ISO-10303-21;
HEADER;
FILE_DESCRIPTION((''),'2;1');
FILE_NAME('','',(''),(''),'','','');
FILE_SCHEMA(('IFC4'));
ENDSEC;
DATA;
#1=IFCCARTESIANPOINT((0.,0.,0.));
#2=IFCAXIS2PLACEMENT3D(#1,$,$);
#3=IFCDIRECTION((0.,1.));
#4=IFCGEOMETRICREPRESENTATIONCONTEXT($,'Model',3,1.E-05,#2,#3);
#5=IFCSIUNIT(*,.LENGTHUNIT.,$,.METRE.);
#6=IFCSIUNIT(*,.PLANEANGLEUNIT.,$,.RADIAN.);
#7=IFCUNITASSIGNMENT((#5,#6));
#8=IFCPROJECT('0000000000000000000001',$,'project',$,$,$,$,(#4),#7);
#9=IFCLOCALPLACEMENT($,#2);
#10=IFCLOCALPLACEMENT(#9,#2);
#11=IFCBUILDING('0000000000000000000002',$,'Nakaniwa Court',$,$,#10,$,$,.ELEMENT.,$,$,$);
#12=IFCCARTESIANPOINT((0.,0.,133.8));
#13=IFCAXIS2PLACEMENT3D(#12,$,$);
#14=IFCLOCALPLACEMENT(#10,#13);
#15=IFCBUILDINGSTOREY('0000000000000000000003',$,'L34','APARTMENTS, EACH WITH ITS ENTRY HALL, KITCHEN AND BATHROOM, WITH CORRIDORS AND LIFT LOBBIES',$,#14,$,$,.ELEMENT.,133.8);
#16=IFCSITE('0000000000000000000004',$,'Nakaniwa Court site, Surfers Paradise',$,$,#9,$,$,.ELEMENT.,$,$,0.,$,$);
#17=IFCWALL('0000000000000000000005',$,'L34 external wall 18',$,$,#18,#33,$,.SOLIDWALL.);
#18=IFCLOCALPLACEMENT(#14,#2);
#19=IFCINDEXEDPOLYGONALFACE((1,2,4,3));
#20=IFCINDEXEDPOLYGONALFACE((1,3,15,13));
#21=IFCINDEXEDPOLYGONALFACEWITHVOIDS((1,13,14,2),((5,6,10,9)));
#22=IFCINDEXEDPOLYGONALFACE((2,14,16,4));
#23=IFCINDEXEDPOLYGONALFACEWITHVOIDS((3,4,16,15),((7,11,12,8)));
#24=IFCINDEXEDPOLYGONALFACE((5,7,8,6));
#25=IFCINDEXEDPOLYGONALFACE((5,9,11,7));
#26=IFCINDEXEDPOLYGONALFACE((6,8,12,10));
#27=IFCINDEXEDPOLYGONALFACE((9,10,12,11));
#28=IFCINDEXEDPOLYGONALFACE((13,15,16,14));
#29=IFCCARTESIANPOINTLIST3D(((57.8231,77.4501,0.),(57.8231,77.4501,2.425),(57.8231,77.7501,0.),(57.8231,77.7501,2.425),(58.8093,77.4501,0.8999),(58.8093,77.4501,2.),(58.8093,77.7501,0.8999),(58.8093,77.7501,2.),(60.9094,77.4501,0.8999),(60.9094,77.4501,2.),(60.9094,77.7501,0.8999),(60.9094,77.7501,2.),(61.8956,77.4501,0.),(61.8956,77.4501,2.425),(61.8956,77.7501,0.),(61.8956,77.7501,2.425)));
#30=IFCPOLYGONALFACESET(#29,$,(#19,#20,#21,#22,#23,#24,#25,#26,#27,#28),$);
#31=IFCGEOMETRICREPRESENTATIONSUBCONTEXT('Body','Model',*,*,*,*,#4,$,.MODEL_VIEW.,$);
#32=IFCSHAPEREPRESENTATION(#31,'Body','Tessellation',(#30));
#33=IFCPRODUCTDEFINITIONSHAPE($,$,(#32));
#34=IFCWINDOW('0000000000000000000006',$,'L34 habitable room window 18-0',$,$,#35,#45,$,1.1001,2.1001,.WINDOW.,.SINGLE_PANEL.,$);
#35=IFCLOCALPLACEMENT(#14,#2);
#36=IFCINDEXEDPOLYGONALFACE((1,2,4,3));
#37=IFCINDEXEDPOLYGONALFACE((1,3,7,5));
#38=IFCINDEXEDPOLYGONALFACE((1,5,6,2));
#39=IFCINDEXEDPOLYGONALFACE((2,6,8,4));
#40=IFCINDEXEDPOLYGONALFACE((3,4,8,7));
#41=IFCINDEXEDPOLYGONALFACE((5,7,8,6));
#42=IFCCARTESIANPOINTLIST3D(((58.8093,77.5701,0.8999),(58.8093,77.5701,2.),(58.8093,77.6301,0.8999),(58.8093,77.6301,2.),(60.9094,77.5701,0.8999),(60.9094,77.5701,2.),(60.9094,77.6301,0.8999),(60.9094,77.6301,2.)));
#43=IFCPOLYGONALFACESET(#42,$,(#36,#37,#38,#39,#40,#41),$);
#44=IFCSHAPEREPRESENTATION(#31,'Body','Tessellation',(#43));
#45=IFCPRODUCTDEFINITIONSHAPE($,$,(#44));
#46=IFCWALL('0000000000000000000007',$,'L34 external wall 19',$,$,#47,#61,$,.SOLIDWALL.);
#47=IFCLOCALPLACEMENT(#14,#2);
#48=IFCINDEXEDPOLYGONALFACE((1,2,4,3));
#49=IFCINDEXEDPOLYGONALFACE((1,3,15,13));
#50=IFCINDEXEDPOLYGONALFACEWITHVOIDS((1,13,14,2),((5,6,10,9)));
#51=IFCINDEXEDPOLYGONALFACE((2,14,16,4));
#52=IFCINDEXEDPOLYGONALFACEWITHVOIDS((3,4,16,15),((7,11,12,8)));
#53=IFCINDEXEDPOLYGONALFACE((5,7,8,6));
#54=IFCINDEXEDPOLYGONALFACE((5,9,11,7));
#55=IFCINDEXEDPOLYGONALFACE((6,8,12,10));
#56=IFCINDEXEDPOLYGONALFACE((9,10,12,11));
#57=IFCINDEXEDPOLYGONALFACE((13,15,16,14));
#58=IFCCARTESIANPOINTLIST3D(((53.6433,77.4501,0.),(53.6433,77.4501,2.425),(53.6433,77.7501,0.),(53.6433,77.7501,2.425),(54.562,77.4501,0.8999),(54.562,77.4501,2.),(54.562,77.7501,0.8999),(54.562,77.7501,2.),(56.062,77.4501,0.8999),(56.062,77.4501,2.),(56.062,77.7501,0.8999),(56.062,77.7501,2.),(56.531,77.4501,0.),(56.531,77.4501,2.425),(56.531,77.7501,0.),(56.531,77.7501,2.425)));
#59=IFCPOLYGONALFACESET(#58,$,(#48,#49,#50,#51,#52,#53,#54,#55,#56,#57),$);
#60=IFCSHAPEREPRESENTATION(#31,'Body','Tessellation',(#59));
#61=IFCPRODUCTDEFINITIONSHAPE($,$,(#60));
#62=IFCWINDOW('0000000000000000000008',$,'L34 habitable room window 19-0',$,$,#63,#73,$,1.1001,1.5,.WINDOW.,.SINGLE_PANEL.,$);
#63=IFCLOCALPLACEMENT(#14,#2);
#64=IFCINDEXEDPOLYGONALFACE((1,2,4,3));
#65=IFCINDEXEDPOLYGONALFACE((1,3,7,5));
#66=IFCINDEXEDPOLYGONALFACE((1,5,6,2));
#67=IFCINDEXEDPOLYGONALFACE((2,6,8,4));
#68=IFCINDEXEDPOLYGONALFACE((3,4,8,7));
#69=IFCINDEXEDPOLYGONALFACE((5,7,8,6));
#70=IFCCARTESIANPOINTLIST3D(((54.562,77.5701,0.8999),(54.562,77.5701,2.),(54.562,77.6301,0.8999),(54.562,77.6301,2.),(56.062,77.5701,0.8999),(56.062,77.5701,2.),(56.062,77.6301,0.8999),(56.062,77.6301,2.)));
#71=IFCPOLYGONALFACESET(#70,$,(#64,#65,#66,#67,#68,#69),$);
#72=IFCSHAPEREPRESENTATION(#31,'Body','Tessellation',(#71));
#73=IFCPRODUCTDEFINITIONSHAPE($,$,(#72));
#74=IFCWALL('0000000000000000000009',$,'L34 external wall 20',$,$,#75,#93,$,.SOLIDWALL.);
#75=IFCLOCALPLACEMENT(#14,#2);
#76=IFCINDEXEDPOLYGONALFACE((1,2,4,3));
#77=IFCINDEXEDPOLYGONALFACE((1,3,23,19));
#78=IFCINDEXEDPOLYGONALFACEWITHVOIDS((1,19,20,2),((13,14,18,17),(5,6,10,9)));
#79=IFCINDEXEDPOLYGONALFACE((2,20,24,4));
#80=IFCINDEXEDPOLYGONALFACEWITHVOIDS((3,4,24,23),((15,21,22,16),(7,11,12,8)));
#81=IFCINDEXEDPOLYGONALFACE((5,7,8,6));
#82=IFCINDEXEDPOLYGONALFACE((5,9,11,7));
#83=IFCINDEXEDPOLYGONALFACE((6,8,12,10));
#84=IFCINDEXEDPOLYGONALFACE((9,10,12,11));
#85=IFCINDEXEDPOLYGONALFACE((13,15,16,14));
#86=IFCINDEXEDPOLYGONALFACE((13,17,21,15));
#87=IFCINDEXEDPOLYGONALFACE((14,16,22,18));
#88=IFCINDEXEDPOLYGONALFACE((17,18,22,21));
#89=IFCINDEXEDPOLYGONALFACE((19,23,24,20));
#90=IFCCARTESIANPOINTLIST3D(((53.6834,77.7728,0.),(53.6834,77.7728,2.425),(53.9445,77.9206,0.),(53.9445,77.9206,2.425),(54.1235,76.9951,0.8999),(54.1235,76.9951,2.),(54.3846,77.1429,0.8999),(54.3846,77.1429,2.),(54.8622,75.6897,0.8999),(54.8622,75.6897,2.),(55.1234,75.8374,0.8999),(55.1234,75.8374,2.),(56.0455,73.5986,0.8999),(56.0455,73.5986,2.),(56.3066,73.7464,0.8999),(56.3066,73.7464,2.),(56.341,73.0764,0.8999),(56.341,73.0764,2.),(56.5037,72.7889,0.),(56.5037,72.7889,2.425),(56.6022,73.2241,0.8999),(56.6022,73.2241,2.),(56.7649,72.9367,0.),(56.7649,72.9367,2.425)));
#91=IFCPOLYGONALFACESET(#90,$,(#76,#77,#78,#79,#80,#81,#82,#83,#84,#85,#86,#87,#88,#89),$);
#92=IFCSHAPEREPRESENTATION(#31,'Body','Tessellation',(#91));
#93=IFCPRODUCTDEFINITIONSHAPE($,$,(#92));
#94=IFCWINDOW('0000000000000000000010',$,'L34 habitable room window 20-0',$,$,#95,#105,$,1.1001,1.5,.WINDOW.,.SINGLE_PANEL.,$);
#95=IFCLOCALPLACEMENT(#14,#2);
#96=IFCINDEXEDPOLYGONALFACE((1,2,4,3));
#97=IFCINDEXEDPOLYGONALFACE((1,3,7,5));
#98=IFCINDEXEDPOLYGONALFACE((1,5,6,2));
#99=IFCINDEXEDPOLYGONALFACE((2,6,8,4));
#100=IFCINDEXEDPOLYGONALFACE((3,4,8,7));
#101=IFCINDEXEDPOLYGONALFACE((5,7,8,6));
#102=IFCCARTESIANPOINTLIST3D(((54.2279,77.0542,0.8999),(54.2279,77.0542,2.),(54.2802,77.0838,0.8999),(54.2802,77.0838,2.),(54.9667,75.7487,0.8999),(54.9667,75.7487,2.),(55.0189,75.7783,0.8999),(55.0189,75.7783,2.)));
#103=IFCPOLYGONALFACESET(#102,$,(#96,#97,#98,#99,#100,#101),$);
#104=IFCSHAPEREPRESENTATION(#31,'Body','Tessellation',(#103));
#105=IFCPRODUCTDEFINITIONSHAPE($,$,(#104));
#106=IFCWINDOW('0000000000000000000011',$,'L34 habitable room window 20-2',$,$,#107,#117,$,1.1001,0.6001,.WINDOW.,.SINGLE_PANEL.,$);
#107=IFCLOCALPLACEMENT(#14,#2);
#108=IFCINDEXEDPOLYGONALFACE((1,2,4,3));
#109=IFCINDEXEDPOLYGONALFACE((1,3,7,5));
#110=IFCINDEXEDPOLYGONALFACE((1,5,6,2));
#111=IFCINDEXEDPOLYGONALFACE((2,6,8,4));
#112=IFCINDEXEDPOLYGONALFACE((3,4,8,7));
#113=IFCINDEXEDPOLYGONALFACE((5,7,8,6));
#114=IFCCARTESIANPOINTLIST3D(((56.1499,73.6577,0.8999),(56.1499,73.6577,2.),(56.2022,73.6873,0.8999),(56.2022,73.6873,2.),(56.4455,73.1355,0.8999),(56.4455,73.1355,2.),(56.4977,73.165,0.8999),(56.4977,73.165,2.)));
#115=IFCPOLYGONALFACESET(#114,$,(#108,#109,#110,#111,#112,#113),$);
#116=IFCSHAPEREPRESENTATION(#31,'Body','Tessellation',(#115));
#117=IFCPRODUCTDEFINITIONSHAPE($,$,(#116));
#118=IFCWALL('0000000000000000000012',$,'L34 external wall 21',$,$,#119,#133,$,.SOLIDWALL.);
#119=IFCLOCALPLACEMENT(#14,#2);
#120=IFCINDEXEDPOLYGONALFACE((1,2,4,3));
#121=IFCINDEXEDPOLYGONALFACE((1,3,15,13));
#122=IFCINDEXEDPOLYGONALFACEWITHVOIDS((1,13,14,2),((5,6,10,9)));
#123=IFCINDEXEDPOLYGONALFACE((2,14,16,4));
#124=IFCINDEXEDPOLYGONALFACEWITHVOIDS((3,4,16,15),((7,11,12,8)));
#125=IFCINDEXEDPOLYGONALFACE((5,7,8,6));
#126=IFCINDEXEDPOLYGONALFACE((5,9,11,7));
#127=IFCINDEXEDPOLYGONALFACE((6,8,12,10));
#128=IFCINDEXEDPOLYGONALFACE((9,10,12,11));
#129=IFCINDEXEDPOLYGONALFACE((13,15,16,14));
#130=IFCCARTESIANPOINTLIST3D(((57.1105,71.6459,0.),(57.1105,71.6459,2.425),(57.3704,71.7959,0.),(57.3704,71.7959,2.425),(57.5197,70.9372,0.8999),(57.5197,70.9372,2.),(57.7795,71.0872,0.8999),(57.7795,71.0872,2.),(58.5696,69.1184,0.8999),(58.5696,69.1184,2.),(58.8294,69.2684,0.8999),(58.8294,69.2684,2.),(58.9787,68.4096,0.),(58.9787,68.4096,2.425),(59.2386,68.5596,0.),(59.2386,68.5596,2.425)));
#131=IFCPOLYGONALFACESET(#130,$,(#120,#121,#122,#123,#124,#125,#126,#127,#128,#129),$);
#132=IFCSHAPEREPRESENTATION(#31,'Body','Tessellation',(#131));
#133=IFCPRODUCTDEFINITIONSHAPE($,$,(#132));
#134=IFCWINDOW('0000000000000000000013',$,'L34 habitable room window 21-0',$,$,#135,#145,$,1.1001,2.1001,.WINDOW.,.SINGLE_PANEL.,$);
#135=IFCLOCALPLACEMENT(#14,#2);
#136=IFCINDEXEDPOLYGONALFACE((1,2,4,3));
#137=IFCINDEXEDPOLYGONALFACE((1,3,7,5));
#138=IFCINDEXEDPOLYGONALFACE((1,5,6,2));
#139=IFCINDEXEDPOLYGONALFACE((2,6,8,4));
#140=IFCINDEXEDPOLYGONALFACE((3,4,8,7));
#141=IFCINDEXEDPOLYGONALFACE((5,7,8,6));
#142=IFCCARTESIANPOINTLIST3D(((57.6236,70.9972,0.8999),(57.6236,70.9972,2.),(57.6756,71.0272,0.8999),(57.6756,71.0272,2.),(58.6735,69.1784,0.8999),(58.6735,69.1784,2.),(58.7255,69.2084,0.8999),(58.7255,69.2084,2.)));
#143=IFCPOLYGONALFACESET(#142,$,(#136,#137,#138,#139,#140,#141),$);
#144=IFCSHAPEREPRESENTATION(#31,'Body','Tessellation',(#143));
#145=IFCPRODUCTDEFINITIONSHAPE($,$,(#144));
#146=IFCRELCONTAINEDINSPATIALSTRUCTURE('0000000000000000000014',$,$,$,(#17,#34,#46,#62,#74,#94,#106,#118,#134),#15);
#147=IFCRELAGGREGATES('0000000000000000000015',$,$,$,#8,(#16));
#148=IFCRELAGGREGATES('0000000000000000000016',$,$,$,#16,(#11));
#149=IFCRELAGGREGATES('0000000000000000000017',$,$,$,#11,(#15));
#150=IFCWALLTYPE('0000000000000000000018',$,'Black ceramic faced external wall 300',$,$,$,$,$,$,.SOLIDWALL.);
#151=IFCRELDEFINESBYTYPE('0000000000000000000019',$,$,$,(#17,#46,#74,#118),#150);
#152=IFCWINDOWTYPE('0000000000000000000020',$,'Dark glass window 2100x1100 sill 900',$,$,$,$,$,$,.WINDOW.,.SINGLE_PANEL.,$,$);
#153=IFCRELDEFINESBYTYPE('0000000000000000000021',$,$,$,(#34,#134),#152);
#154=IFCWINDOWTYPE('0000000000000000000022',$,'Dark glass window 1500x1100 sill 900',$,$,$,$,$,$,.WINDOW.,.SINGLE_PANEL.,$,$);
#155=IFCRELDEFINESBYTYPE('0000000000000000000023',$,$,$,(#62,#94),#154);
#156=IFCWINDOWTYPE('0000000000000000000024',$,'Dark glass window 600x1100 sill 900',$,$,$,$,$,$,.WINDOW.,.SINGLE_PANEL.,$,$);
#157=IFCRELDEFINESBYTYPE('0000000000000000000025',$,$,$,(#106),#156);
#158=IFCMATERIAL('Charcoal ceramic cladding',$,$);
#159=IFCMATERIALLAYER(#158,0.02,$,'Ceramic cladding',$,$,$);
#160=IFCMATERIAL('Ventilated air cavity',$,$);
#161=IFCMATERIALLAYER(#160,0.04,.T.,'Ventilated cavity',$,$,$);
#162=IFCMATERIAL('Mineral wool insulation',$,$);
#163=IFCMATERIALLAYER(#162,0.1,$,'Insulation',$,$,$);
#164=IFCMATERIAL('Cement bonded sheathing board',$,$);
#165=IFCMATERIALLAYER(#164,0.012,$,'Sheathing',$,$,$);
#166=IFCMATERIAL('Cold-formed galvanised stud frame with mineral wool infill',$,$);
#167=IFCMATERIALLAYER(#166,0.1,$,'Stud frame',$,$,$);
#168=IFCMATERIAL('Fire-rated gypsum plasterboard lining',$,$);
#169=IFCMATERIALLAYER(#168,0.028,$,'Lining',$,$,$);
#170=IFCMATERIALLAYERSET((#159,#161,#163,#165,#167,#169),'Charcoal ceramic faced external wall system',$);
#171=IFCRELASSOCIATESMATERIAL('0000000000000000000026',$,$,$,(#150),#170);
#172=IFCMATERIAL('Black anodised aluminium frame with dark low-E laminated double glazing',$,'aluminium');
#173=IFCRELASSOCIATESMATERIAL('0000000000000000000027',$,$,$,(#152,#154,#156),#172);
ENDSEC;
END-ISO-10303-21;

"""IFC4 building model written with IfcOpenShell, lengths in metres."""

from ifc_helpers import new_model, si_unit, direction, frame, frame_2d, origin, place, context, subcontext, project, spatial, rectangle, extrude, material, layer, layer_set, type_object, element, fill, save


model = new_model("IFC4")

# Units and contexts
model_context = context("Model", 3, precision=1e-05, world=origin(), true_north=direction((0.0, 1.0)))
body_context = subcontext(model_context, "Body", "Model", "MODEL_VIEW")
ifc_project = project(units=[si_unit("LENGTHUNIT", "METRE"), si_unit("PLANEANGLEUNIT", "RADIAN")], contexts=[model_context])

# Site, building, storey
site_placement = place(None, origin())
site = spatial("IfcSite", under=ifc_project, at=site_placement, Name="Nakaniwa Court site, Surfers Paradise", CompositionType="ELEMENT", RefElevation=0.0)
building_placement = place(site_placement, origin())
building = spatial("IfcBuilding", under=site, at=building_placement, Name="Nakaniwa Court", CompositionType="ELEMENT")
storey_placement = place(building_placement, frame((0.0, 0.0, 133.8)))
storey = spatial("IfcBuildingStorey", under=building, at=storey_placement, Name="L34", Description="APARTMENTS, EACH WITH ITS ENTRY HALL, KITCHEN AND BATHROOM, WITH CORRIDORS AND LIFT LOBBIES", CompositionType="ELEMENT", Elevation=133.8)

# Walls, openings, windows
ifc_material_1 = material(Name="Charcoal ceramic cladding")
ifc_layer_1 = layer(ifc_material_1, 0.02, Name="Ceramic cladding")
ifc_material_2 = material(Name="Ventilated air cavity")
ifc_layer_2 = layer(ifc_material_2, 0.04, ventilated=True, Name="Ventilated cavity")
ifc_material_3 = material(Name="Mineral wool insulation")
ifc_layer_3 = layer(ifc_material_3, 0.1, Name="Insulation")
ifc_material_4 = material(Name="Cement bonded sheathing board")
ifc_layer_4 = layer(ifc_material_4, 0.012, Name="Sheathing")
ifc_material_5 = material(Name="Cold-formed galvanised stud frame with mineral wool infill")
ifc_layer_5 = layer(ifc_material_5, 0.1, Name="Stud frame")
ifc_material_6 = material(Name="Fire-rated gypsum plasterboard lining")
ifc_layer_6 = layer(ifc_material_6, 0.028, Name="Lining")
ifc_layer_set_1 = layer_set([ifc_layer_1, ifc_layer_2, ifc_layer_3, ifc_layer_4, ifc_layer_5, ifc_layer_6], Name="Charcoal ceramic faced external wall system")
wall_type_1 = type_object("IfcWallType", Name="Black ceramic faced external wall 300", PredefinedType="SOLIDWALL", material=ifc_layer_set_1)
wall_1_placement = place(storey_placement, frame((61.8955, 77.6001, 0.0), z_axis=(0.0, 0.0, 1.0), x_axis=(-1.0, 0.0, 0.0)))
wall_1 = element("IfcWall", 1, at=wall_1_placement, inside=storey, type_object=wall_type_1, Name="L34 external wall 18", PredefinedType="SOLIDWALL", context=body_context, shape_type="SweptSolid", body=[
    extrude(rectangle(XDim=4.0725, YDim=0.3, at=frame_2d((2.0361, 0.0))), origin(), (0.0, 0.0, 1.0), 2.425),
])
opening_1_placement = place(wall_1_placement, frame((0.9861, 0.0, 0.8999)))
opening_1 = element("IfcOpeningElement", 2, at=opening_1_placement, cuts=wall_1, PredefinedType="OPENING", context=body_context, shape_type="SweptSolid", body=[
    extrude(rectangle(XDim=2.1001, YDim=1.1001, at=frame_2d((1.05, 0.55))), frame((0.0, 0.1599, 0.0), z_axis=(0.0, -1.0, 0.0), x_axis=(1.0, 0.0, 0.0)), (0.0, 0.0, 1.0), 0.3201),
])
ifc_material_7 = material(Name="Black anodised aluminium frame with dark low-E laminated double glazing", Category="aluminium")
window_type_1 = type_object("IfcWindowType", Name="Dark glass window 2100x1100 sill 900", PartitioningType="SINGLE_PANEL", PredefinedType="WINDOW", material=ifc_material_7)
window_1_placement = place(opening_1_placement, origin())
window_1 = element("IfcWindow", 3, at=window_1_placement, inside=storey, type_object=window_type_1, Name="L34 habitable room window 18-0", OverallHeight=1.1001, OverallWidth=2.1001, PartitioningType="SINGLE_PANEL", PredefinedType="WINDOW", context=body_context, shape_type="SweptSolid", body=[
    extrude(rectangle(XDim=2.1001, YDim=1.1001, at=frame_2d((1.05, 0.55))), frame((0.0, 0.03, 0.0), z_axis=(0.0, -1.0, 0.0), x_axis=(1.0, 0.0, 0.0)), (0.0, 0.0, 1.0), 0.0601),
])
fill(opening_1, window_1)
wall_2_placement = place(storey_placement, frame((56.531, 77.6001, 0.0), z_axis=(0.0, 0.0, 1.0), x_axis=(-1.0, 0.0, 0.0)))
wall_2 = element("IfcWall", 4, at=wall_2_placement, inside=storey, type_object=wall_type_1, Name="L34 external wall 19", PredefinedType="SOLIDWALL", context=body_context, shape_type="SweptSolid", body=[
    extrude(rectangle(XDim=2.8877, YDim=0.3, at=frame_2d((1.4438, 0.0))), origin(), (0.0, 0.0, 1.0), 2.425),
])
opening_2_placement = place(wall_2_placement, frame((0.469, 0.0, 0.8999)))
opening_2 = element("IfcOpeningElement", 5, at=opening_2_placement, cuts=wall_2, PredefinedType="OPENING", context=body_context, shape_type="SweptSolid", body=[
    extrude(rectangle(XDim=1.5, YDim=1.1001, at=frame_2d((0.75, 0.55))), frame((0.0, 0.1599, 0.0), z_axis=(0.0, -1.0, 0.0), x_axis=(1.0, 0.0, 0.0)), (0.0, 0.0, 1.0), 0.3201),
])
window_type_2 = type_object("IfcWindowType", Name="Dark glass window 1500x1100 sill 900", PartitioningType="SINGLE_PANEL", PredefinedType="WINDOW", material=ifc_material_7)
window_2_placement = place(opening_2_placement, origin())
window_2 = element("IfcWindow", 6, at=window_2_placement, inside=storey, type_object=window_type_2, Name="L34 habitable room window 19-0", OverallHeight=1.1001, OverallWidth=1.5, PartitioningType="SINGLE_PANEL", PredefinedType="WINDOW", context=body_context, shape_type="SweptSolid", body=[
    extrude(rectangle(XDim=1.5, YDim=1.1001, at=frame_2d((0.75, 0.55))), frame((0.0, 0.03, 0.0), z_axis=(0.0, -1.0, 0.0), x_axis=(1.0, 0.0, 0.0)), (0.0, 0.0, 1.0), 0.0601),
])
fill(opening_2, window_2)

# Wall, openings, windows
wall_3_placement = place(storey_placement, frame((53.814, 77.8467, 0.0), z_axis=(0.0, 0.0, 1.0), x_axis=(0.492498, -0.870313, 0.0)))
wall_3 = element("IfcWall", 7, at=wall_3_placement, inside=storey, type_object=wall_type_1, Name="L34 external wall 20", PredefinedType="SOLIDWALL", context=body_context, shape_type="SweptSolid", body=[
    extrude(rectangle(XDim=5.7266, YDim=0.3, at=frame_2d((2.8633, 0.0))), origin(), (0.0, 0.0, 1.0), 2.425),
])
opening_3_placement = place(wall_3_placement, frame((0.8936, 0.0, 0.8999)))
opening_3 = element("IfcOpeningElement", 8, at=opening_3_placement, cuts=wall_3, PredefinedType="OPENING", context=body_context, shape_type="SweptSolid", body=[
    extrude(rectangle(XDim=1.5, YDim=1.1001, at=frame_2d((0.75, 0.55))), frame((0.0, 0.1599, 0.0), z_axis=(0.0, -1.0, 0.0), x_axis=(1.0, 0.0, 0.0)), (0.0, 0.0, 1.0), 0.3201),
])
opening_4_placement = place(wall_3_placement, frame((4.7961, 0.0, 0.8999)))
opening_4 = element("IfcOpeningElement", 9, at=opening_4_placement, cuts=wall_3, PredefinedType="OPENING", context=body_context, shape_type="SweptSolid", body=[
    extrude(rectangle(XDim=0.6001, YDim=1.1001, at=frame_2d((0.3, 0.55))), frame((0.0, 0.1599, 0.0), z_axis=(0.0, -1.0, 0.0), x_axis=(1.0, 0.0, 0.0)), (0.0, 0.0, 1.0), 0.3201),
])
window_3_placement = place(opening_3_placement, origin())
window_3 = element("IfcWindow", 10, at=window_3_placement, inside=storey, type_object=window_type_2, Name="L34 habitable room window 20-0", OverallHeight=1.1001, OverallWidth=1.5, PartitioningType="SINGLE_PANEL", PredefinedType="WINDOW", context=body_context, shape_type="SweptSolid", body=[
    extrude(rectangle(XDim=1.5, YDim=1.1001, at=frame_2d((0.75, 0.55))), frame((0.0, 0.03, 0.0), z_axis=(0.0, -1.0, 0.0), x_axis=(1.0, 0.0, 0.0)), (0.0, 0.0, 1.0), 0.0601),
])
fill(opening_3, window_3)
window_type_3 = type_object("IfcWindowType", Name="Dark glass window 600x1100 sill 900", PartitioningType="SINGLE_PANEL", PredefinedType="WINDOW", material=ifc_material_7)
window_4_placement = place(opening_4_placement, origin())
window_4 = element("IfcWindow", 11, at=window_4_placement, inside=storey, type_object=window_type_3, Name="L34 habitable room window 20-2", OverallHeight=1.1001, OverallWidth=0.6001, PartitioningType="SINGLE_PANEL", PredefinedType="WINDOW", context=body_context, shape_type="SweptSolid", body=[
    extrude(rectangle(XDim=0.6001, YDim=1.1001, at=frame_2d((0.3, 0.55))), frame((0.0, 0.03, 0.0), z_axis=(0.0, -1.0, 0.0), x_axis=(1.0, 0.0, 0.0)), (0.0, 0.0, 1.0), 0.0601),
])
fill(opening_4, window_4)

# Wall, opening, window
wall_4_placement = place(storey_placement, frame((57.2405, 71.7209, 0.0), z_axis=(0.0, 0.0, 1.0), x_axis=(0.499934, -0.866064, 0.0)))
wall_4 = element("IfcWall", 12, at=wall_4_placement, inside=storey, type_object=wall_type_1, Name="L34 external wall 21", PredefinedType="SOLIDWALL", context=body_context, shape_type="SweptSolid", body=[
    extrude(rectangle(XDim=3.7368, YDim=0.3, at=frame_2d((1.8684, 0.0))), origin(), (0.0, 0.0, 1.0), 2.425),
])
opening_5_placement = place(wall_4_placement, frame((0.8184, 0.0, 0.8999)))
opening_5 = element("IfcOpeningElement", 13, at=opening_5_placement, cuts=wall_4, PredefinedType="OPENING", context=body_context, shape_type="SweptSolid", body=[
    extrude(rectangle(XDim=2.1001, YDim=1.1001, at=frame_2d((1.05, 0.55))), frame((0.0, 0.1599, 0.0), z_axis=(0.0, -1.0, 0.0), x_axis=(1.0, 0.0, 0.0)), (0.0, 0.0, 1.0), 0.3201),
])
window_5_placement = place(opening_5_placement, origin())
window_5 = element("IfcWindow", 14, at=window_5_placement, inside=storey, type_object=window_type_1, Name="L34 habitable room window 21-0", OverallHeight=1.1001, OverallWidth=2.1001, PartitioningType="SINGLE_PANEL", PredefinedType="WINDOW", context=body_context, shape_type="SweptSolid", body=[
    extrude(rectangle(XDim=2.1001, YDim=1.1001, at=frame_2d((1.05, 0.55))), frame((0.0, 0.03, 0.0), z_axis=(0.0, -1.0, 0.0), x_axis=(1.0, 0.0, 0.0)), (0.0, 0.0, 1.0), 0.0601),
])
fill(opening_5, window_5)

save(model, "model.ifc")
